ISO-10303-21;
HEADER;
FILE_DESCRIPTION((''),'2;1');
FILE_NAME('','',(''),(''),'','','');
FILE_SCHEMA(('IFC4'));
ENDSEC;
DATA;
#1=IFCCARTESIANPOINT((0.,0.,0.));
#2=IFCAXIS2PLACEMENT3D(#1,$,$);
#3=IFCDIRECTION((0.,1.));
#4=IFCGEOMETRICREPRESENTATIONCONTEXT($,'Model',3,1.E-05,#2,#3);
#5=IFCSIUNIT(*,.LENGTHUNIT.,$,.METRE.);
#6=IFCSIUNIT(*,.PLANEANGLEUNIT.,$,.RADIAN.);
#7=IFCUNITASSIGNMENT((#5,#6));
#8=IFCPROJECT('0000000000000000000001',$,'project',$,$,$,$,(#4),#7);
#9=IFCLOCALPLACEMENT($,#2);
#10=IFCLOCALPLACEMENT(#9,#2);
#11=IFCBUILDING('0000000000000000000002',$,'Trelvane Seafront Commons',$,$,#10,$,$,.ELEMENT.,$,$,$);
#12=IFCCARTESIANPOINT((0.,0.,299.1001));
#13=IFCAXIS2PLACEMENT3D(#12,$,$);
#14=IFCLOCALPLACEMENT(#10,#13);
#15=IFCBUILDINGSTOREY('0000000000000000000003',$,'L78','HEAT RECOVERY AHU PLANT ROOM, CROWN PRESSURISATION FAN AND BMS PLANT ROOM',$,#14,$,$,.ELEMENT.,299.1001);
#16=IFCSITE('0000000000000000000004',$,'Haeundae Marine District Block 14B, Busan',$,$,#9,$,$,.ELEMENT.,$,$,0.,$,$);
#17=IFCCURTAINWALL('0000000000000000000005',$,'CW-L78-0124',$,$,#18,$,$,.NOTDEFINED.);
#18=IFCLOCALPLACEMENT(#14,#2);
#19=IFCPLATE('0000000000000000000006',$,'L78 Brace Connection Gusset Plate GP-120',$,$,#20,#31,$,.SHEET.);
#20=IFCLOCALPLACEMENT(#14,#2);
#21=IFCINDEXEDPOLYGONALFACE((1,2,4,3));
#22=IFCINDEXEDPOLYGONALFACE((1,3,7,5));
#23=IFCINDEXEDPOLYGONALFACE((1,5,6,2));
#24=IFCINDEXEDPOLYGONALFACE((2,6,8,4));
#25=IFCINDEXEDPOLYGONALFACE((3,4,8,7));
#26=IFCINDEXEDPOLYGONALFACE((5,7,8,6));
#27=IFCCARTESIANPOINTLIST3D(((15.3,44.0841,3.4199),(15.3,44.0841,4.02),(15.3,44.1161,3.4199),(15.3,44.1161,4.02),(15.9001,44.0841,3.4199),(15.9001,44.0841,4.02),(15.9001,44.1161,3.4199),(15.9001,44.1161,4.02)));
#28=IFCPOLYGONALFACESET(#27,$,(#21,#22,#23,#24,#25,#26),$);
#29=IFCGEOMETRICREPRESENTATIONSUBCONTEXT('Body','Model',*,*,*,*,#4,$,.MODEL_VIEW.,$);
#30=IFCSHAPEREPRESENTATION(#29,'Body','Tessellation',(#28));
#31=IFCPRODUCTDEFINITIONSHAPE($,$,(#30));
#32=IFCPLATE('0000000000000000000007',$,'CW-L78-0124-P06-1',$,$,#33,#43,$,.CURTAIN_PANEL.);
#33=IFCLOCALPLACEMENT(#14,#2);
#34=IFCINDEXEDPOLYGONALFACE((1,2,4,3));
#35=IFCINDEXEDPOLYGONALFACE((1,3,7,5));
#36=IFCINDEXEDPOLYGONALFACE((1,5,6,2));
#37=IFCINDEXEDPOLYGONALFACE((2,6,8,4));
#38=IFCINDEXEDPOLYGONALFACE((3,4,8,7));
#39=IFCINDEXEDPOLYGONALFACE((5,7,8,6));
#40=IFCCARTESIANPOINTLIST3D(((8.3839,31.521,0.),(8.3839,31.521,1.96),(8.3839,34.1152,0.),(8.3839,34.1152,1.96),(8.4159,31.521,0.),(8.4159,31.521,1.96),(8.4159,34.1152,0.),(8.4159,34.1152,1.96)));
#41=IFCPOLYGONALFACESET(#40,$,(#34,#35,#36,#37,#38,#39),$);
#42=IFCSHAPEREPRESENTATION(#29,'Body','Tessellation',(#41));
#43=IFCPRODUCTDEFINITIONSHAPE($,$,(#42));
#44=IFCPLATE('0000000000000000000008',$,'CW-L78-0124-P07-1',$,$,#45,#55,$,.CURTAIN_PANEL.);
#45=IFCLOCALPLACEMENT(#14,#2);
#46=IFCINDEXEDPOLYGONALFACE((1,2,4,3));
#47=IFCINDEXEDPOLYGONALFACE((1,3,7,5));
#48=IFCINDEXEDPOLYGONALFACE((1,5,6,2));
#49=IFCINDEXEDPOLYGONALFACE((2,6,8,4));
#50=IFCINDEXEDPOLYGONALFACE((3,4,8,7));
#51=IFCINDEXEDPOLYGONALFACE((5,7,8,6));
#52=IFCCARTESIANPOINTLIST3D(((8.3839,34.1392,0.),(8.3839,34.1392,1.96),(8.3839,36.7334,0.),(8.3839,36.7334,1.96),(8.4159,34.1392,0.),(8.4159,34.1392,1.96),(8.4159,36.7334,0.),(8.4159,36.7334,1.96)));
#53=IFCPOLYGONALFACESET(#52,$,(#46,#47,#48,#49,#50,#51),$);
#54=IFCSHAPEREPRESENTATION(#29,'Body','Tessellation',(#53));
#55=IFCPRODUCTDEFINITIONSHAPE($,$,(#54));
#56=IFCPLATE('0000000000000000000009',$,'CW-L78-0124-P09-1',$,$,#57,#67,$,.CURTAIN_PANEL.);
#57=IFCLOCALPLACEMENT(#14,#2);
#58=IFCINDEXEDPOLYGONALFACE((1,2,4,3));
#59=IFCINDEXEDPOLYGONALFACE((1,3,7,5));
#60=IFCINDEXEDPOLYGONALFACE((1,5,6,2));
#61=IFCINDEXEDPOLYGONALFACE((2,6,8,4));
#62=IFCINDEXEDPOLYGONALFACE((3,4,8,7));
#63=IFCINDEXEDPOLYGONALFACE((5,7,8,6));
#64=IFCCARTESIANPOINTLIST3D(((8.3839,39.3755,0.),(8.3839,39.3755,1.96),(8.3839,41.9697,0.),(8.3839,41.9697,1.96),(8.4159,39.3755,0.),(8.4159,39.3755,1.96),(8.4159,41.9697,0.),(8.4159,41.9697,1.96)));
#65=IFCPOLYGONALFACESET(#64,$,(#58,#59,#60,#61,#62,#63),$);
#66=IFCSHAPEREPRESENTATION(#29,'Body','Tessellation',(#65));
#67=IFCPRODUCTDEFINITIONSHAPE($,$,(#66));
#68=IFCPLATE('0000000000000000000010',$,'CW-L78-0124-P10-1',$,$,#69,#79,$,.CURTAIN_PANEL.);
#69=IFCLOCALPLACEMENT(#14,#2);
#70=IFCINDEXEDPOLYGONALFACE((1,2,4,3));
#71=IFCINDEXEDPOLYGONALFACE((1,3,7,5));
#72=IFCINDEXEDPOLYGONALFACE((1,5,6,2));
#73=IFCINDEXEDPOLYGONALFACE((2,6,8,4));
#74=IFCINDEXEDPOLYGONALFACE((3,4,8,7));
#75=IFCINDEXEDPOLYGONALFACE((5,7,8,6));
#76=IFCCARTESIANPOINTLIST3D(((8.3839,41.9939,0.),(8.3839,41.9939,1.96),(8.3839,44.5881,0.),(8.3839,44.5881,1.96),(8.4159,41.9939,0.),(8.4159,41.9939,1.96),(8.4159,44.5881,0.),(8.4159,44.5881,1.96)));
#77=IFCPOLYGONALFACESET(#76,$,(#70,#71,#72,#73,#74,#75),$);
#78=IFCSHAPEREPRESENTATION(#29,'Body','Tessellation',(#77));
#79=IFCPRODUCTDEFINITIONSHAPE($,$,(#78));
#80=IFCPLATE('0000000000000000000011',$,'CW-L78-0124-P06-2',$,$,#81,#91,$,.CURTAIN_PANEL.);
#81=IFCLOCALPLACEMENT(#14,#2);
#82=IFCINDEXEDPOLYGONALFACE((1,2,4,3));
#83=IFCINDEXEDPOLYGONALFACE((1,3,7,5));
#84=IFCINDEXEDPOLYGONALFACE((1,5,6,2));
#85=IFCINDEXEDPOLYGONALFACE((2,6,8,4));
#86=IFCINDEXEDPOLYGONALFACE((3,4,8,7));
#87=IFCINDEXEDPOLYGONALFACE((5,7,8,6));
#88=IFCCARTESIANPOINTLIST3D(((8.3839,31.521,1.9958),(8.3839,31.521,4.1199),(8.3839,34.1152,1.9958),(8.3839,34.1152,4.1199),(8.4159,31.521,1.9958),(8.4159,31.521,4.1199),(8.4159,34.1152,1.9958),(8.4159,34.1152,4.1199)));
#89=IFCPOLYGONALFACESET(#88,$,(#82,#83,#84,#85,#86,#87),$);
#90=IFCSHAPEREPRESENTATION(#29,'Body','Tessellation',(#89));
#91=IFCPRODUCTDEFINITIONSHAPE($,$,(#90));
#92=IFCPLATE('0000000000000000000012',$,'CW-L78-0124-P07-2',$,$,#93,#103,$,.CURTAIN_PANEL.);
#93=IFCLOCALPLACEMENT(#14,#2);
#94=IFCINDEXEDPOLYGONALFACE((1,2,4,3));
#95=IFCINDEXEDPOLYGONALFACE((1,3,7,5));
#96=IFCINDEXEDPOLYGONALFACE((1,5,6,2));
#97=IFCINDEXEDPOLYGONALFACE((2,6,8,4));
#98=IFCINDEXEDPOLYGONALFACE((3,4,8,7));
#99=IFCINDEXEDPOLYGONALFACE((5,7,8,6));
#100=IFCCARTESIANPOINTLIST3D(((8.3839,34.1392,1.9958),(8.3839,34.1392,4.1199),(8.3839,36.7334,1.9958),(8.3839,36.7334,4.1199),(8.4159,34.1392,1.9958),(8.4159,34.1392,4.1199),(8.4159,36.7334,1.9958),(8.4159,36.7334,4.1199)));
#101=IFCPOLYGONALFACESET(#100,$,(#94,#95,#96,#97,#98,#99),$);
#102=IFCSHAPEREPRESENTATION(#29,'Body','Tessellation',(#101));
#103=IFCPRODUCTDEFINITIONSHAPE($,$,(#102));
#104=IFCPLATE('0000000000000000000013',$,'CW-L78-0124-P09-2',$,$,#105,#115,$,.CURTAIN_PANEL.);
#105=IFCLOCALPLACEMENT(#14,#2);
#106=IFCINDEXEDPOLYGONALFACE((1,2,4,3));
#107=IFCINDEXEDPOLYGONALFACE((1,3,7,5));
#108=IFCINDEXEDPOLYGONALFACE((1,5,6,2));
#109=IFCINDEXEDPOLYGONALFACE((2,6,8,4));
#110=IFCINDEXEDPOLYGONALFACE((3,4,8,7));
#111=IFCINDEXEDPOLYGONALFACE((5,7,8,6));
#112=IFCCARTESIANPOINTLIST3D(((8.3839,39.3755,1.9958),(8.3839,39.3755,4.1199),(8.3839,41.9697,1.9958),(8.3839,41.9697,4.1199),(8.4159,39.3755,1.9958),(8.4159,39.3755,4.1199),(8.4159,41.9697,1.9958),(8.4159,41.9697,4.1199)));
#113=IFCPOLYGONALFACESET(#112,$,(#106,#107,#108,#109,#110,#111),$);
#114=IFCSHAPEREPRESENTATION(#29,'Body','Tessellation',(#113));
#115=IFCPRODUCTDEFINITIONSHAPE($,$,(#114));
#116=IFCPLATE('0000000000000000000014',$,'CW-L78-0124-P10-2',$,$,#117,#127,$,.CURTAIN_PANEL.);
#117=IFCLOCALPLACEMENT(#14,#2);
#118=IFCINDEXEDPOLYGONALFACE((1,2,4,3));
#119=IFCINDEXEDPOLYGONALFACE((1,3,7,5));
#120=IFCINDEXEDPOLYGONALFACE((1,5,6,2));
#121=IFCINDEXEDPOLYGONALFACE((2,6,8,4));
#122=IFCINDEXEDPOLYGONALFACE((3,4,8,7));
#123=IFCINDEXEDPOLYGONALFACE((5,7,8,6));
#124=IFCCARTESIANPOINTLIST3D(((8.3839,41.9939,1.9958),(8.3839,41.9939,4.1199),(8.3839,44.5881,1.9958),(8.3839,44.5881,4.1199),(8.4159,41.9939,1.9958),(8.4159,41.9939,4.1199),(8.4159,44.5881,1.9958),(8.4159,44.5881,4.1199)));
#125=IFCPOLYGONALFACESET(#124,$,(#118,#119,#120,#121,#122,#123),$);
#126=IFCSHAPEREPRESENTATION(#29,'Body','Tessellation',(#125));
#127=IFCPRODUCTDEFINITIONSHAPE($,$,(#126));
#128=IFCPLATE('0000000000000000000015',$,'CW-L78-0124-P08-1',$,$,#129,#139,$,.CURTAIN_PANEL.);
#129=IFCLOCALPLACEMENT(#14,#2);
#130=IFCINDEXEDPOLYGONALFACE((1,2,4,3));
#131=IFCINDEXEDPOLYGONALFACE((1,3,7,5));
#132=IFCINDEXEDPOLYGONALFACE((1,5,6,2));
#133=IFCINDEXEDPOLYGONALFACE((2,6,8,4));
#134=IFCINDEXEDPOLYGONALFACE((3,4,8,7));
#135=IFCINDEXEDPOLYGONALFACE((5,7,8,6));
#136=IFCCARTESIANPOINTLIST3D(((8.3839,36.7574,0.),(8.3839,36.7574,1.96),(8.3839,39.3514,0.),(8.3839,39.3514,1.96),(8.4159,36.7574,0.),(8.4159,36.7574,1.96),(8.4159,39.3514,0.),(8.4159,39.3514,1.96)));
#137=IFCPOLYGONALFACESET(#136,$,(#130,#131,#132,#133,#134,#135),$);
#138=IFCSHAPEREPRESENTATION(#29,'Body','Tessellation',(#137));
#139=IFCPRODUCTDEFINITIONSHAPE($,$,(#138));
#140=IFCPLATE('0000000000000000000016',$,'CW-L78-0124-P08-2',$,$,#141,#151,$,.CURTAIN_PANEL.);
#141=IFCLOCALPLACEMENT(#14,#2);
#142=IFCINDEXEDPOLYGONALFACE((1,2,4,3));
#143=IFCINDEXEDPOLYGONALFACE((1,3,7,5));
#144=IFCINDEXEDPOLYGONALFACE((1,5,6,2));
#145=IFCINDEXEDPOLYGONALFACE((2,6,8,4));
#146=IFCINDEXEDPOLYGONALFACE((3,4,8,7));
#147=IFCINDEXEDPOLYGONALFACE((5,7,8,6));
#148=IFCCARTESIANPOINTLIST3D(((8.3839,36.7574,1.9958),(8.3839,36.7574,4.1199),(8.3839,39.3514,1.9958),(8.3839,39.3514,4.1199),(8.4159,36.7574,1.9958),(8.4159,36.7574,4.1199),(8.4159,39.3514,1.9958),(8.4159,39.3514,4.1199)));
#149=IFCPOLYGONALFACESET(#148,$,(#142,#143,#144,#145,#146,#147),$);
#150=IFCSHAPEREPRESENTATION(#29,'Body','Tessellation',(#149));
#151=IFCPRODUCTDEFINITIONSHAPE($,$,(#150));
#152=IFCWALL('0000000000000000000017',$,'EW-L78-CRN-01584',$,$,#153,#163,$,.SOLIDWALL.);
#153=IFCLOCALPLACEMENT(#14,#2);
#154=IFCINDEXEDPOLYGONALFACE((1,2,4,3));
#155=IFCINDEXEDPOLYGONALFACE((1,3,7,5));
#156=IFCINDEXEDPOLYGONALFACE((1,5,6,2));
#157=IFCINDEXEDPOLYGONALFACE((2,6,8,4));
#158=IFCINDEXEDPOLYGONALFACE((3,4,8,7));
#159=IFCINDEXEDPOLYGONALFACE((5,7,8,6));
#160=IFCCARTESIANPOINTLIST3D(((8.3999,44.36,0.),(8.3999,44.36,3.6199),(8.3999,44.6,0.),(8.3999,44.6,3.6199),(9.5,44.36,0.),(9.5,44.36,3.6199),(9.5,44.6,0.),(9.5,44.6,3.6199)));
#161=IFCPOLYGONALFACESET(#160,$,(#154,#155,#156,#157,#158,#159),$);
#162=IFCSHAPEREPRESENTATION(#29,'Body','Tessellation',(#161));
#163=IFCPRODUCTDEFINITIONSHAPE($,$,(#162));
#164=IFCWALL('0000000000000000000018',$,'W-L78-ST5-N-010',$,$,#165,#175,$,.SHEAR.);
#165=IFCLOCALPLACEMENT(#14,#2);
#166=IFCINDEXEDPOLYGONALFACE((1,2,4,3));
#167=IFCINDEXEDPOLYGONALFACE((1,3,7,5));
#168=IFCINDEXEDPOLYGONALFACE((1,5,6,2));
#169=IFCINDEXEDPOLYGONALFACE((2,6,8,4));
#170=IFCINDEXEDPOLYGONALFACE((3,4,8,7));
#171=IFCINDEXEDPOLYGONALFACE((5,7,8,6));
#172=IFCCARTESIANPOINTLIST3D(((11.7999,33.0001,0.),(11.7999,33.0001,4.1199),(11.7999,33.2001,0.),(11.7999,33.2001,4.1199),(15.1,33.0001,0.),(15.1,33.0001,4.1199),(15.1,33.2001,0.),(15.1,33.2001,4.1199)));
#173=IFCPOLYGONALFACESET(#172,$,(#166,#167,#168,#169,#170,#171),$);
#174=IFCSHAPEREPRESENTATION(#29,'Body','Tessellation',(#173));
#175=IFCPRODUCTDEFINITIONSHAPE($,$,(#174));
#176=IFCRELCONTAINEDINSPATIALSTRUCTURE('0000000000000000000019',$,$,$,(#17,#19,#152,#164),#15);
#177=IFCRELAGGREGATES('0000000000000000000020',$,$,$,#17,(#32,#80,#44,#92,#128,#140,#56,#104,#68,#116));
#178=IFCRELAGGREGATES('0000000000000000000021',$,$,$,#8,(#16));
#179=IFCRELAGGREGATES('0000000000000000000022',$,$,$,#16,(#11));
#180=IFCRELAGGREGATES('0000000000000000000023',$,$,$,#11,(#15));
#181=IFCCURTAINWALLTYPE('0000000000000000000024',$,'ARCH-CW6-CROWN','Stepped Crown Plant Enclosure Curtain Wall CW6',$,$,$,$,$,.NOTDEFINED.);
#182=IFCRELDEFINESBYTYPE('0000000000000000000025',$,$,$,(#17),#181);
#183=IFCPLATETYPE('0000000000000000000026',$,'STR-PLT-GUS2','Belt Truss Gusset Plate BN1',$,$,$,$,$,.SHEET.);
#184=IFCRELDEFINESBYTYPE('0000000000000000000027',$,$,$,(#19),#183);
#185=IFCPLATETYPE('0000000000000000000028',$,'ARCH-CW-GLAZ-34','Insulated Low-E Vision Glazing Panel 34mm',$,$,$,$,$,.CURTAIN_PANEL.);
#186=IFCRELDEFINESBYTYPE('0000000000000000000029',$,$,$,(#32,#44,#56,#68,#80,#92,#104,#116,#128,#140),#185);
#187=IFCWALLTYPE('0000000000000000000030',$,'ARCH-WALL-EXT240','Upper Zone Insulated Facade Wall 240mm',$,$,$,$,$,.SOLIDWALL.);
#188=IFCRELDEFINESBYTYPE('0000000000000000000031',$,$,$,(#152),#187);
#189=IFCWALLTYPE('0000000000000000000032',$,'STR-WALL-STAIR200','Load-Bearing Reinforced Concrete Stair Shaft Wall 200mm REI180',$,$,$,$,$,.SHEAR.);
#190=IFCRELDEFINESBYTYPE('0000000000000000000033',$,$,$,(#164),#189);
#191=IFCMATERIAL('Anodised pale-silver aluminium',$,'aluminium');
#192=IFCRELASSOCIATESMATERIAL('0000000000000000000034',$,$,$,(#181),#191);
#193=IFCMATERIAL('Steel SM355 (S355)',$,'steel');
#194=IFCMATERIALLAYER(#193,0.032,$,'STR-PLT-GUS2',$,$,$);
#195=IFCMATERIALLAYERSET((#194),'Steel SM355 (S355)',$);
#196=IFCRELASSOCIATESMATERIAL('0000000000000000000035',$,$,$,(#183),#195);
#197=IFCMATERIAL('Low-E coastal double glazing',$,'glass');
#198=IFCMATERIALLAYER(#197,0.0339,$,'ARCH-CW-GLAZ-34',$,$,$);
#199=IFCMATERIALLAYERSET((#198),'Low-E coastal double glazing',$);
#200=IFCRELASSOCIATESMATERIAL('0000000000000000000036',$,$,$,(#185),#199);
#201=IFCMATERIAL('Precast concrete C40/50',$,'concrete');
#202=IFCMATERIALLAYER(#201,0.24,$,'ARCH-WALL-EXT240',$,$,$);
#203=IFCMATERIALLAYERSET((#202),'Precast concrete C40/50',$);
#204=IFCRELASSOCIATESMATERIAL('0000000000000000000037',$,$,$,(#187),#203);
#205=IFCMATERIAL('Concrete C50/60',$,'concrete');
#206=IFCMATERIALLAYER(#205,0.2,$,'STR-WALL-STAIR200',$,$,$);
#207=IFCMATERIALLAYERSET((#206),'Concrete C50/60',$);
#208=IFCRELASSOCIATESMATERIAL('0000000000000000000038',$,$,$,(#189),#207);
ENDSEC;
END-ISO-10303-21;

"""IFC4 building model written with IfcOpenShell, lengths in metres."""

from ifc_helpers import new_model, si_unit, direction, frame, frame_2d, origin, origin_2d, place, context, subcontext, project, spatial, rectangle, extrude, source, transform, mapped, material, layer, layer_set, type_object, element, aggregate, save


model = new_model("IFC4")

# Units and contexts
model_context = context("Model", 3, precision=1e-05, world=origin(), true_north=direction((0.0, 1.0)))
body_context = subcontext(model_context, "Body", "Model", "MODEL_VIEW")
ifc_project = project(units=[si_unit("LENGTHUNIT", "METRE"), si_unit("PLANEANGLEUNIT", "RADIAN")], contexts=[model_context])

# Site, building, storey
site_placement = place(None, origin())
site = spatial("IfcSite", under=ifc_project, at=site_placement, Name="Haeundae Marine District Block 14B, Busan", CompositionType="ELEMENT", RefElevation=0.0)
building_placement = place(site_placement, origin())
building = spatial("IfcBuilding", under=site, at=building_placement, Name="Trelvane Seafront Commons", CompositionType="ELEMENT")
storey_placement = place(building_placement, frame((0.0, 0.0, 299.1001)))
storey = spatial("IfcBuildingStorey", under=building, at=storey_placement, Name="L78", Description="HEAT RECOVERY AHU PLANT ROOM, CROWN PRESSURISATION FAN AND BMS PLANT ROOM", CompositionType="ELEMENT", Elevation=299.1001)

# Shared definitions
ifc_material_1 = material(Name="Steel SM355 (S355)", Category="steel")

# Curtain wall
ifc_material_2 = material(Name="Anodised pale-silver aluminium", Category="aluminium")
curtain_wall_type = type_object("IfcCurtainWallType", Name="ARCH-CW6-CROWN", Description="Stepped Crown Plant Enclosure Curtain Wall CW6", PredefinedType="NOTDEFINED", material=ifc_material_2)
curtain_wall_placement = place(storey_placement, origin())
curtain_wall = element("IfcCurtainWall", 1, at=curtain_wall_placement, inside=storey, type_object=curtain_wall_type, Name="CW-L78-0124", PredefinedType="NOTDEFINED")

# Plate
ifc_layer_1 = layer(ifc_material_1, 0.032, Name="STR-PLT-GUS2")
ifc_layer_set_1 = layer_set([ifc_layer_1], Name="Steel SM355 (S355)")
plate_type_1 = type_object("IfcPlateType", Name="STR-PLT-GUS2", Description="Belt Truss Gusset Plate BN1", PredefinedType="SHEET", material=ifc_layer_set_1)
shared_shape_1 = source(origin(), body_context, "Body", "SweptSolid", [
    extrude(rectangle(XDim=0.6001, YDim=0.032, at=origin_2d()), origin(), (0.0, 0.0, 1.0), 0.6001),
])
for number, where, z_axis, x_axis, name in (
    (2, (15.6001, 44.1001, 3.4199), (0.0, 0.0, 1.0), (1.0, 0.0, 0.0), "L78 Brace Connection Gusset Plate GP-120"),
):
    element("IfcPlate", number, at=place(storey_placement, frame(where, z_axis=z_axis, x_axis=x_axis)), inside=storey, type_object=plate_type_1, Name=name, PredefinedType="SHEET", context=body_context, shape_type="MappedRepresentation", body=[
        mapped(shared_shape_1, transform((0.0, 0.0, 0.0), x_axis=(1.0, 0.0, 0.0), y_axis=(0.0, 1.0, 0.0), z_axis=(0.0, 0.0, 1.0), scale=1.0)),
    ])

# Plates
ifc_material_3 = material(Name="Low-E coastal double glazing", Category="glass")
ifc_layer_2 = layer(ifc_material_3, 0.0339, Name="ARCH-CW-GLAZ-34")
ifc_layer_set_2 = layer_set([ifc_layer_2], Name="Low-E coastal double glazing")
plate_type_2 = type_object("IfcPlateType", Name="ARCH-CW-GLAZ-34", Description="Insulated Low-E Vision Glazing Panel 34mm", PredefinedType="CURTAIN_PANEL", material=ifc_layer_set_2)
shared_shape_2 = source(origin(), body_context, "Body", "SweptSolid", [
    extrude(rectangle(XDim=2.5942, YDim=0.032, at=origin_2d()), origin(), (0.0, 0.0, 1.0), 1.96),
])
plate_1_placement = place(storey_placement, frame((8.3999, 32.8181, 0.0), z_axis=(0.0, 0.0, 1.0), x_axis=(0.0, 1.0, 0.0)))
plate_1 = element("IfcPlate", 3, at=plate_1_placement, type_object=plate_type_2, Name="CW-L78-0124-P06-1", PredefinedType="CURTAIN_PANEL", context=body_context, shape_type="MappedRepresentation", body=[
    mapped(shared_shape_2, transform((0.0, 0.0, 0.0), x_axis=(1.0, 0.0, 0.0), y_axis=(0.0, 1.0, 0.0), z_axis=(0.0, 0.0, 1.0), scale=1.0)),
])
plate_2_placement = place(storey_placement, frame((8.3999, 35.4363, 0.0), z_axis=(0.0, 0.0, 1.0), x_axis=(0.0, 1.0, 0.0)))
plate_2 = element("IfcPlate", 4, at=plate_2_placement, type_object=plate_type_2, Name="CW-L78-0124-P07-1", PredefinedType="CURTAIN_PANEL", context=body_context, shape_type="MappedRepresentation", body=[
    mapped(shared_shape_2, transform((0.0, 0.0, 0.0), x_axis=(1.0, 0.0, 0.0), y_axis=(0.0, 1.0, 0.0), z_axis=(0.0, 0.0, 1.0), scale=1.0)),
])
plate_3_placement = place(storey_placement, frame((8.3999, 40.6726, 0.0), z_axis=(0.0, 0.0, 1.0), x_axis=(0.0, 1.0, 0.0)))
plate_3 = element("IfcPlate", 5, at=plate_3_placement, type_object=plate_type_2, Name="CW-L78-0124-P09-1", PredefinedType="CURTAIN_PANEL", context=body_context, shape_type="MappedRepresentation", body=[
    mapped(shared_shape_2, transform((0.0, 0.0, 0.0), x_axis=(1.0, 0.0, 0.0), y_axis=(0.0, 1.0, 0.0), z_axis=(0.0, 0.0, 1.0), scale=1.0)),
])
plate_4_placement = place(storey_placement, frame((8.3999, 43.291, 0.0), z_axis=(0.0, 0.0, 1.0), x_axis=(0.0, 1.0, 0.0)))
plate_4 = element("IfcPlate", 6, at=plate_4_placement, type_object=plate_type_2, Name="CW-L78-0124-P10-1", PredefinedType="CURTAIN_PANEL", context=body_context, shape_type="MappedRepresentation", body=[
    mapped(shared_shape_2, transform((0.0, 0.0, 0.0), x_axis=(1.0, 0.0, 0.0), y_axis=(0.0, 1.0, 0.0), z_axis=(0.0, 0.0, 1.0), scale=1.0)),
])
shared_shape_3 = source(origin(), body_context, "Body", "SweptSolid", [
    extrude(rectangle(XDim=2.5942, YDim=0.032, at=origin_2d()), origin(), (0.0, 0.0, 1.0), 2.124),
])
plate_5_placement = place(storey_placement, frame((8.3999, 32.8181, 1.9958), z_axis=(0.0, 0.0, 1.0), x_axis=(0.0, 1.0, 0.0)))
plate_5 = element("IfcPlate", 7, at=plate_5_placement, type_object=plate_type_2, Name="CW-L78-0124-P06-2", PredefinedType="CURTAIN_PANEL", context=body_context, shape_type="MappedRepresentation", body=[
    mapped(shared_shape_3, transform((0.0, 0.0, 0.0), x_axis=(1.0, 0.0, 0.0), y_axis=(0.0, 1.0, 0.0), z_axis=(0.0, 0.0, 1.0), scale=1.0)),
])
plate_6_placement = place(storey_placement, frame((8.3999, 35.4363, 1.9958), z_axis=(0.0, 0.0, 1.0), x_axis=(0.0, 1.0, 0.0)))
plate_6 = element("IfcPlate", 8, at=plate_6_placement, type_object=plate_type_2, Name="CW-L78-0124-P07-2", PredefinedType="CURTAIN_PANEL", context=body_context, shape_type="MappedRepresentation", body=[
    mapped(shared_shape_3, transform((0.0, 0.0, 0.0), x_axis=(1.0, 0.0, 0.0), y_axis=(0.0, 1.0, 0.0), z_axis=(0.0, 0.0, 1.0), scale=1.0)),
])
plate_7_placement = place(storey_placement, frame((8.3999, 40.6726, 1.9958), z_axis=(0.0, 0.0, 1.0), x_axis=(0.0, 1.0, 0.0)))
plate_7 = element("IfcPlate", 9, at=plate_7_placement, type_object=plate_type_2, Name="CW-L78-0124-P09-2", PredefinedType="CURTAIN_PANEL", context=body_context, shape_type="MappedRepresentation", body=[
    mapped(shared_shape_3, transform((0.0, 0.0, 0.0), x_axis=(1.0, 0.0, 0.0), y_axis=(0.0, 1.0, 0.0), z_axis=(0.0, 0.0, 1.0), scale=1.0)),
])
plate_8_placement = place(storey_placement, frame((8.3999, 43.291, 1.9958), z_axis=(0.0, 0.0, 1.0), x_axis=(0.0, 1.0, 0.0)))
plate_8 = element("IfcPlate", 10, at=plate_8_placement, type_object=plate_type_2, Name="CW-L78-0124-P10-2", PredefinedType="CURTAIN_PANEL", context=body_context, shape_type="MappedRepresentation", body=[
    mapped(shared_shape_3, transform((0.0, 0.0, 0.0), x_axis=(1.0, 0.0, 0.0), y_axis=(0.0, 1.0, 0.0), z_axis=(0.0, 0.0, 1.0), scale=1.0)),
])
shared_shape_4 = source(origin(), body_context, "Body", "SweptSolid", [
    extrude(rectangle(XDim=2.594, YDim=0.032, at=origin_2d()), origin(), (0.0, 0.0, 1.0), 1.96),
])
plate_9_placement = place(storey_placement, frame((8.3999, 38.0544, 0.0), z_axis=(0.0, 0.0, 1.0), x_axis=(0.0, 1.0, 0.0)))
plate_9 = element("IfcPlate", 11, at=plate_9_placement, type_object=plate_type_2, Name="CW-L78-0124-P08-1", PredefinedType="CURTAIN_PANEL", context=body_context, shape_type="MappedRepresentation", body=[
    mapped(shared_shape_4, transform((0.0, 0.0, 0.0), x_axis=(1.0, 0.0, 0.0), y_axis=(0.0, 1.0, 0.0), z_axis=(0.0, 0.0, 1.0), scale=1.0)),
])
shared_shape_5 = source(origin(), body_context, "Body", "SweptSolid", [
    extrude(rectangle(XDim=2.594, YDim=0.032, at=origin_2d()), origin(), (0.0, 0.0, 1.0), 2.124),
])
plate_10_placement = place(storey_placement, frame((8.3999, 38.0544, 1.9958), z_axis=(0.0, 0.0, 1.0), x_axis=(0.0, 1.0, 0.0)))
plate_10 = element("IfcPlate", 12, at=plate_10_placement, type_object=plate_type_2, Name="CW-L78-0124-P08-2", PredefinedType="CURTAIN_PANEL", context=body_context, shape_type="MappedRepresentation", body=[
    mapped(shared_shape_5, transform((0.0, 0.0, 0.0), x_axis=(1.0, 0.0, 0.0), y_axis=(0.0, 1.0, 0.0), z_axis=(0.0, 0.0, 1.0), scale=1.0)),
])
aggregate(curtain_wall, [plate_1, plate_5, plate_2, plate_6, plate_9, plate_10, plate_3, plate_7, plate_4, plate_8])

# Walls
ifc_material_4 = material(Name="Precast concrete C40/50", Category="concrete")
ifc_layer_3 = layer(ifc_material_4, 0.24, Name="ARCH-WALL-EXT240")
ifc_layer_set_3 = layer_set([ifc_layer_3], Name="Precast concrete C40/50")
wall_type_1 = type_object("IfcWallType", Name="ARCH-WALL-EXT240", Description="Upper Zone Insulated Facade Wall 240mm", PredefinedType="SOLIDWALL", material=ifc_layer_set_3)
wall_1_placement = place(storey_placement, frame((8.3999, 44.48, 0.0), z_axis=(0.0, 0.0, 1.0), x_axis=(1.0, 0.0, 0.0)))
element("IfcWall", 13, at=wall_1_placement, inside=storey, type_object=wall_type_1, Name="EW-L78-CRN-01584", PredefinedType="SOLIDWALL", context=body_context, shape_type="SweptSolid", body=[
    extrude(rectangle(XDim=1.1001, YDim=0.24, at=frame_2d((0.55, 0.0))), origin(), (0.0, 0.0, 1.0), 3.6199),
])
ifc_material_5 = material(Name="Concrete C50/60", Category="concrete")
ifc_layer_4 = layer(ifc_material_5, 0.2, Name="STR-WALL-STAIR200")
ifc_layer_set_4 = layer_set([ifc_layer_4], Name="Concrete C50/60")
wall_type_2 = type_object("IfcWallType", Name="STR-WALL-STAIR200", Description="Load-Bearing Reinforced Concrete Stair Shaft Wall 200mm REI180", PredefinedType="SHEAR", material=ifc_layer_set_4)
wall_2_placement = place(storey_placement, frame((11.8, 33.1001, 0.0), z_axis=(0.0, 0.0, 1.0), x_axis=(1.0, 0.0, 0.0)))
element("IfcWall", 14, at=wall_2_placement, inside=storey, type_object=wall_type_2, Name="W-L78-ST5-N-010", PredefinedType="SHEAR", context=body_context, shape_type="SweptSolid", body=[
    extrude(rectangle(XDim=3.3, YDim=0.2, at=frame_2d((1.6499, 0.0))), origin(), (0.0, 0.0, 1.0), 4.1199),
])

save(model, "model.ifc")
